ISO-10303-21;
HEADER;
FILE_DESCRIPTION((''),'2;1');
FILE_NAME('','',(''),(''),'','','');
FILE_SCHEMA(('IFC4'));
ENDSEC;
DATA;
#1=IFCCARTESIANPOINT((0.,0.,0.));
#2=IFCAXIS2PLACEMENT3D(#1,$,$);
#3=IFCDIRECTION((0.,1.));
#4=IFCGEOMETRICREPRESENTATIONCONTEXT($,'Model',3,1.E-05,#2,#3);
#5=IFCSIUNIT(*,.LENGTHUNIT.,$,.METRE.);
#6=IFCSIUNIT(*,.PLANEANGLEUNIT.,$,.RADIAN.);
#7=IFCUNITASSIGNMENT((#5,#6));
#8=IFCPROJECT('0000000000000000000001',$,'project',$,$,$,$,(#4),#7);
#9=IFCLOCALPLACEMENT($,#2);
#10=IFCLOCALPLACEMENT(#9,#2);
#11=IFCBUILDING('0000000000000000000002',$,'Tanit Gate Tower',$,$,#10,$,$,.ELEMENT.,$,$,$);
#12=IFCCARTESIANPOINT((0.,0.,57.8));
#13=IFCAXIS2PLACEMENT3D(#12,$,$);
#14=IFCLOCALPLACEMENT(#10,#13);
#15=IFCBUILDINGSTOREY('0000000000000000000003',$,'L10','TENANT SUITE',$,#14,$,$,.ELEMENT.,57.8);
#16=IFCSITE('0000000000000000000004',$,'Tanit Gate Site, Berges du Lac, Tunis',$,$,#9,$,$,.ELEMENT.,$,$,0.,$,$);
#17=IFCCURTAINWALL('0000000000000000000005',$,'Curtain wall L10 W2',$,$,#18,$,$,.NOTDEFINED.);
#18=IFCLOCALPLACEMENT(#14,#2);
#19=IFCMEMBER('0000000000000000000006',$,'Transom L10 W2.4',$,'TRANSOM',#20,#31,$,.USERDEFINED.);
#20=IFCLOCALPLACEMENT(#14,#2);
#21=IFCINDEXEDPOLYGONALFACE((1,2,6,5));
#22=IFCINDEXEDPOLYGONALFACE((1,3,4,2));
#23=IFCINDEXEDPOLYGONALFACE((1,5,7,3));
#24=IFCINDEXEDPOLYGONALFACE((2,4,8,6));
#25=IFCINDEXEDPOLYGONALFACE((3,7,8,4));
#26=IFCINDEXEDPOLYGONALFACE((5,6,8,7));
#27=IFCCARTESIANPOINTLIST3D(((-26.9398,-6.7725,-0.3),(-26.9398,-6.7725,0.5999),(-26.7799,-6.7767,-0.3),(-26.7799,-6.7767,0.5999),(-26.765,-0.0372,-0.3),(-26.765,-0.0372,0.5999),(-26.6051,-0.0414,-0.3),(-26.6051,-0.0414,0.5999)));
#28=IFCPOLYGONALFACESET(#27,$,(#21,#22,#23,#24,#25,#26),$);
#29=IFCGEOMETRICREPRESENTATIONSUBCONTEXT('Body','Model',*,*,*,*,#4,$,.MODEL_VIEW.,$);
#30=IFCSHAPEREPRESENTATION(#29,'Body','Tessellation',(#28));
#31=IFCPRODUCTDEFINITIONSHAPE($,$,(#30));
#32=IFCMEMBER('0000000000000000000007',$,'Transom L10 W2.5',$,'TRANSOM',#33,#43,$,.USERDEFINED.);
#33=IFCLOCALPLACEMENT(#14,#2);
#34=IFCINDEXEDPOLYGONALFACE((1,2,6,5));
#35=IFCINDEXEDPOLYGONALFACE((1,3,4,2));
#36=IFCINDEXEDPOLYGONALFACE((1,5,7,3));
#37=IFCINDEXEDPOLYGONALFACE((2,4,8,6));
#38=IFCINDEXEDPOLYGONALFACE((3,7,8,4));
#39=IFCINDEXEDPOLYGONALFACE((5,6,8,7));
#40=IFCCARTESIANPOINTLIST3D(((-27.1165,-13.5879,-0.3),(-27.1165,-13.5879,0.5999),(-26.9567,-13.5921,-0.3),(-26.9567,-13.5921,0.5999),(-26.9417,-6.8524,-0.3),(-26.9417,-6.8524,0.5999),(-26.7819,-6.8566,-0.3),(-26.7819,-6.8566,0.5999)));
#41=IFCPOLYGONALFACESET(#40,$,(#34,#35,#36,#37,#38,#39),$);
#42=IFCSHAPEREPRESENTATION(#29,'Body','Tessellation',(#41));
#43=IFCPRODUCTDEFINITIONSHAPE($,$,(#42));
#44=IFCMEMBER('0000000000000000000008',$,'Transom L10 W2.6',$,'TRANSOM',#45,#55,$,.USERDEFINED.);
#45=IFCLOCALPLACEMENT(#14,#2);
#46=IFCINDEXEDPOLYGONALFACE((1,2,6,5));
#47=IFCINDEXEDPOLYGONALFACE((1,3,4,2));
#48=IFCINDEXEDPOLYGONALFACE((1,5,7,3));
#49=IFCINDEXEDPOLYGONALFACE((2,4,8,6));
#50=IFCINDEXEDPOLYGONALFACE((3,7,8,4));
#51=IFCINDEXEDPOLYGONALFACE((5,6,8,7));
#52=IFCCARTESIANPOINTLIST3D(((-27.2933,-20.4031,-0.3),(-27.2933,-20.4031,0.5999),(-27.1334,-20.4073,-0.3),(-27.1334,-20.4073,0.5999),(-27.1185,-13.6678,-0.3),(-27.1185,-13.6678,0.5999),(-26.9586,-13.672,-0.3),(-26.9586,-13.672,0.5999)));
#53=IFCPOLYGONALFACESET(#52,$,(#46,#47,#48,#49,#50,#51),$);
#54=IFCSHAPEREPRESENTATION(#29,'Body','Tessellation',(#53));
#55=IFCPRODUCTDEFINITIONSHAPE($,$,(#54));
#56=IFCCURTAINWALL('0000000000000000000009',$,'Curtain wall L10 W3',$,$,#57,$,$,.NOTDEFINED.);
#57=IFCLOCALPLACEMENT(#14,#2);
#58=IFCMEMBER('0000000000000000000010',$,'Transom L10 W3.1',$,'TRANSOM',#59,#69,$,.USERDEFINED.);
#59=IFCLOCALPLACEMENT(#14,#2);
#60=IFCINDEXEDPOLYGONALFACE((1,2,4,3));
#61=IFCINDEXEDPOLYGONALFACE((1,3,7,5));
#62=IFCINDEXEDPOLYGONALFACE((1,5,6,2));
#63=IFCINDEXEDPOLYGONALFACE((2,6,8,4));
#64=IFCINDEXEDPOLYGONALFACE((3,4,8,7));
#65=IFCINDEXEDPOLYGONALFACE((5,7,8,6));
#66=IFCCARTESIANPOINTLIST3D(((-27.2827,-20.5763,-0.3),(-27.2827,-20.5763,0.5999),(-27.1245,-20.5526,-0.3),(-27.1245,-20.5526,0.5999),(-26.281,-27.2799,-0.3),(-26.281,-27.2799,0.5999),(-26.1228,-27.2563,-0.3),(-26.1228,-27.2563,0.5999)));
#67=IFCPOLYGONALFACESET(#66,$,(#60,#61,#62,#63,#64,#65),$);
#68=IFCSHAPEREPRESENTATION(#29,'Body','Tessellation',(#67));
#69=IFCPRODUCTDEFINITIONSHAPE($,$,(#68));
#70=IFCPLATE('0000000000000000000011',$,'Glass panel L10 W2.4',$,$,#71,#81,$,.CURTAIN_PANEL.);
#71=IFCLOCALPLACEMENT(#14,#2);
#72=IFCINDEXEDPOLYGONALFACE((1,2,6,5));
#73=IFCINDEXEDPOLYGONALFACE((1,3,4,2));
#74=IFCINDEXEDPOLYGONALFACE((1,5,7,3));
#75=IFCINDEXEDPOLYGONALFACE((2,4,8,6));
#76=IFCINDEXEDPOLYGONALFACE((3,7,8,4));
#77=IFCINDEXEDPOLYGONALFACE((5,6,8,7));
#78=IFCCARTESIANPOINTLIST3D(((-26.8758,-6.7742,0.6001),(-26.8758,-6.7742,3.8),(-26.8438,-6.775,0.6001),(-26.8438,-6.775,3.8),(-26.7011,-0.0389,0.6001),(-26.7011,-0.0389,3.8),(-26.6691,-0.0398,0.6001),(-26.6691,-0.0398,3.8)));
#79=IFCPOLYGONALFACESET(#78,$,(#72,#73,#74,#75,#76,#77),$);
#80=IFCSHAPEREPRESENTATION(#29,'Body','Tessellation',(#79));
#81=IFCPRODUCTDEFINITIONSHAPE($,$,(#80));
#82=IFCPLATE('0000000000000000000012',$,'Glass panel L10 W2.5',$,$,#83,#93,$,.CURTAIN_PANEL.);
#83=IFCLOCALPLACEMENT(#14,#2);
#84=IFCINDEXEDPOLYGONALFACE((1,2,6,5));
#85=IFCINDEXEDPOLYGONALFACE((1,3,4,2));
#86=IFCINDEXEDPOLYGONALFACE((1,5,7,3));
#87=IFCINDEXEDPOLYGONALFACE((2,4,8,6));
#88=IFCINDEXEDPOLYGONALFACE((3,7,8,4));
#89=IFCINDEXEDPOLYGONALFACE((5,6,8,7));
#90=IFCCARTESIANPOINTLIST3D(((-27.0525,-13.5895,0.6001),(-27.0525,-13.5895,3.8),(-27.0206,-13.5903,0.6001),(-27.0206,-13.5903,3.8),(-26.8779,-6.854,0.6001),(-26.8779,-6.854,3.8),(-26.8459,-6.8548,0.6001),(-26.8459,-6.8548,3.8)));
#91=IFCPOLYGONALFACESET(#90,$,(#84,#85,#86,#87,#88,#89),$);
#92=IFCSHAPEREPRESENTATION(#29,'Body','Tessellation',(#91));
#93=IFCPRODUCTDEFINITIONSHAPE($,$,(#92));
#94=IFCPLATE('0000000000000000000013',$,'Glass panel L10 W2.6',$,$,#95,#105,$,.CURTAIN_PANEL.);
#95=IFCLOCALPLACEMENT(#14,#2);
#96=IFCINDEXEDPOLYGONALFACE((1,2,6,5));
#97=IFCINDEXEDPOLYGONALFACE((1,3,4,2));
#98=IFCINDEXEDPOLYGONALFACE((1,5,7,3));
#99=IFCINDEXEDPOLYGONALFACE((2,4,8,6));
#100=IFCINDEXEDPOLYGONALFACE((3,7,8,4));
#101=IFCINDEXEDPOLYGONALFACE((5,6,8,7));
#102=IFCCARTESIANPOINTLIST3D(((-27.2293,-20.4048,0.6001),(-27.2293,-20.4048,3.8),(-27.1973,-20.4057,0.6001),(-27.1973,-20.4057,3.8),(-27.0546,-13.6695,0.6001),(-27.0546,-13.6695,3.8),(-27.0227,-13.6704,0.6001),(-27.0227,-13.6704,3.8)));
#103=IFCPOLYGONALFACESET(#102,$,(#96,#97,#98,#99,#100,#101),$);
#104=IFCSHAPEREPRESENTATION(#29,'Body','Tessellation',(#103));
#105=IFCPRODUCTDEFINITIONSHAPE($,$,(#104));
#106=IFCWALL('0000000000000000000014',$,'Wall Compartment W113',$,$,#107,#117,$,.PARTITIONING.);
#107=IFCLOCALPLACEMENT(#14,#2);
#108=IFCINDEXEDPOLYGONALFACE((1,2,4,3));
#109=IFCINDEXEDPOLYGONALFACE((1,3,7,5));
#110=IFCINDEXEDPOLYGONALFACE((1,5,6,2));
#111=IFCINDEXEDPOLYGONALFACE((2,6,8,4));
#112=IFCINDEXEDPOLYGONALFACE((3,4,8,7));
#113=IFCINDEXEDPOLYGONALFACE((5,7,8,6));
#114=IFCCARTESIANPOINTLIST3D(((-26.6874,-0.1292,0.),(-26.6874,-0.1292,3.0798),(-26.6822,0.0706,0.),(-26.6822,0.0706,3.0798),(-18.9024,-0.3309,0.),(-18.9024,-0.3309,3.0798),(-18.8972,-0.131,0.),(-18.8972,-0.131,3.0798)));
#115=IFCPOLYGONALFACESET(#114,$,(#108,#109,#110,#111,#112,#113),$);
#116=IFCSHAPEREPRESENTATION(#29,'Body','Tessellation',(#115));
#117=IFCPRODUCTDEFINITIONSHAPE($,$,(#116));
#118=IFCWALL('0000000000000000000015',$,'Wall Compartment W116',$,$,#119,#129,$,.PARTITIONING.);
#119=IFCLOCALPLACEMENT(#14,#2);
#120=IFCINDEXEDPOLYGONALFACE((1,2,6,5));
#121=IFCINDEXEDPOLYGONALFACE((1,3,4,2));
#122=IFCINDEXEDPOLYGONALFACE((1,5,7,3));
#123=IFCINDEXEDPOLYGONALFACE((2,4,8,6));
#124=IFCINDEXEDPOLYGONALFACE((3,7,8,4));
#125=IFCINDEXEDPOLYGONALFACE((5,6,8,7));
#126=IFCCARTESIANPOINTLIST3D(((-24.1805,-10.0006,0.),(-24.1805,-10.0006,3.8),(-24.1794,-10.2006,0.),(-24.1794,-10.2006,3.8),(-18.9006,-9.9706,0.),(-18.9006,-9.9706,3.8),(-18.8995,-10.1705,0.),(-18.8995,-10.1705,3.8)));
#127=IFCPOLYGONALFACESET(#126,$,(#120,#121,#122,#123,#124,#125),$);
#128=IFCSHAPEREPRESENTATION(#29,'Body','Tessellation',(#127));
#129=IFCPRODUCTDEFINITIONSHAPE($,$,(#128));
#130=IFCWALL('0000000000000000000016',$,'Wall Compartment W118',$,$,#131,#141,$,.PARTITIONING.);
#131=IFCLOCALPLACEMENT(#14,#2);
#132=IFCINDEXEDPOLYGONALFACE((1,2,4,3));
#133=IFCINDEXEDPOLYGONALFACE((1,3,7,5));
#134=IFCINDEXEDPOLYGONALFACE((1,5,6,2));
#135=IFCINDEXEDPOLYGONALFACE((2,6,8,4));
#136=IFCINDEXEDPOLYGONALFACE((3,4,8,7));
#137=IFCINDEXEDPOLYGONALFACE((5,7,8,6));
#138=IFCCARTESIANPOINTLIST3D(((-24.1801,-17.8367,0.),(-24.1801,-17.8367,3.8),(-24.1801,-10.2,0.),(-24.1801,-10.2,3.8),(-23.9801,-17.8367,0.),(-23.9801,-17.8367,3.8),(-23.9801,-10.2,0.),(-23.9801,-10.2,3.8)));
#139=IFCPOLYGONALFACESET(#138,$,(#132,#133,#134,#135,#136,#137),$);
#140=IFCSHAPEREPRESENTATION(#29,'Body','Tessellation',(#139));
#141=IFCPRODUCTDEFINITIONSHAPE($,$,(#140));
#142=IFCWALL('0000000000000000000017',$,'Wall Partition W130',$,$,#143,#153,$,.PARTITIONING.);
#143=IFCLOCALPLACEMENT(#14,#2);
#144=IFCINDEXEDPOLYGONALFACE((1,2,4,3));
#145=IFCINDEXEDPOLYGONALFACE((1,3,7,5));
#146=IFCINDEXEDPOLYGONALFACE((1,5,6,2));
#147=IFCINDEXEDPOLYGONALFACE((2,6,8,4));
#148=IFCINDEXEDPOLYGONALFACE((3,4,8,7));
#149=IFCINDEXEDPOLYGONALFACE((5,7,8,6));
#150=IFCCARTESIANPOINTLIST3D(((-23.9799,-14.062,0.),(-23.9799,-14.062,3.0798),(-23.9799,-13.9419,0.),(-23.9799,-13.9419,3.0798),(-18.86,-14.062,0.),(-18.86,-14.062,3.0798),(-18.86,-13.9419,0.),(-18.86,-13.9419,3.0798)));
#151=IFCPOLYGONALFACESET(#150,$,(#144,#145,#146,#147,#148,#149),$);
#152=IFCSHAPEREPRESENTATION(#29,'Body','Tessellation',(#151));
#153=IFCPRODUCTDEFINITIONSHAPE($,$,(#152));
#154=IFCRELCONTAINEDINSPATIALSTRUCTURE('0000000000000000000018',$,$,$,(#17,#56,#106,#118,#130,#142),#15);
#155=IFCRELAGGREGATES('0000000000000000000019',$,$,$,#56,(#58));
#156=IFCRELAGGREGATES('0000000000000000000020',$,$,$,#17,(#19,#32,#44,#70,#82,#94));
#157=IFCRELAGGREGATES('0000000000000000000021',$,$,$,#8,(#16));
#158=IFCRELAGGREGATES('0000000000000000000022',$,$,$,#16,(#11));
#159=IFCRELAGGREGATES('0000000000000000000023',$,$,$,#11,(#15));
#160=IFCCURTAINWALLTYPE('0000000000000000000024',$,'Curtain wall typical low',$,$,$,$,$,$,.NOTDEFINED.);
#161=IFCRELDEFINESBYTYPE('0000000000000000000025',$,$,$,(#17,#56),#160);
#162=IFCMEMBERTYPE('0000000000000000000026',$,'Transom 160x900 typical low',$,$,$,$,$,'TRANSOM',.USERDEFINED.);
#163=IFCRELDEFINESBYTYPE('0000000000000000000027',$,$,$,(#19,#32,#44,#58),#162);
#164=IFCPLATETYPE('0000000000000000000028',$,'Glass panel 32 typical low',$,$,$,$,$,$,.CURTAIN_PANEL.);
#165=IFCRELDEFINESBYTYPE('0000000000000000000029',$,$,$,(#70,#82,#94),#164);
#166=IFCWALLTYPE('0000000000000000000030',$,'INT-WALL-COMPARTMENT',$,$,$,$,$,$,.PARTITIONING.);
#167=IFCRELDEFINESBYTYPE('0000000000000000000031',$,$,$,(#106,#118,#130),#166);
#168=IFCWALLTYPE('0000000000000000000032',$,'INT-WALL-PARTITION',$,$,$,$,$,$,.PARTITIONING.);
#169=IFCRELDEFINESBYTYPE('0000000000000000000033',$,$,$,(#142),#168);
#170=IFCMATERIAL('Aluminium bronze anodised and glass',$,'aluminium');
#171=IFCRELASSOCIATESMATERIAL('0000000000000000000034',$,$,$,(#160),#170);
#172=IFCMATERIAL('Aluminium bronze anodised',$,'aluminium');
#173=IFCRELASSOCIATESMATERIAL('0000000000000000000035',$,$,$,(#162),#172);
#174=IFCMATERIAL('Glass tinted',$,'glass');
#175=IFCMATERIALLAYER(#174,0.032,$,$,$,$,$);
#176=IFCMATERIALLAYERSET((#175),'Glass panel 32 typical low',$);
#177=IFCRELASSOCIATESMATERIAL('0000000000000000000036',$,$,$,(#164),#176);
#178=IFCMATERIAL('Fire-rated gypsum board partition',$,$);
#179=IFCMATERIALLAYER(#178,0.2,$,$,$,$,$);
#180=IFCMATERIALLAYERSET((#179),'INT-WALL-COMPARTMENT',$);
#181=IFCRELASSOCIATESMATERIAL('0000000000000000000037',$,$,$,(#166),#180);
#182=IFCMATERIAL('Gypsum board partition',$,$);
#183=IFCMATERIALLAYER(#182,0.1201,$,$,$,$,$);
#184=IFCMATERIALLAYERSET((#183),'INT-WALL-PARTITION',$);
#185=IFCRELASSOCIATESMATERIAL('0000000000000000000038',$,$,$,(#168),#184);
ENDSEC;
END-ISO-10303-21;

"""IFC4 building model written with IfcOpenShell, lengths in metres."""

from ifc_helpers import new_model, si_unit, direction, frame, frame_2d, origin, origin_2d, place, context, subcontext, project, spatial, rectangle, extrude, material, layer, layer_set, material_profile, profile_set, type_object, element, aggregate, save


model = new_model("IFC4")

# Units and contexts
model_context = context("Model", 3, precision=1e-05, world=origin(), true_north=direction((0.0, 1.0)))
body_context = subcontext(model_context, "Body", "Model", "MODEL_VIEW")
ifc_project = project(units=[si_unit("LENGTHUNIT", "METRE"), si_unit("PLANEANGLEUNIT", "RADIAN")], contexts=[model_context])

# Site, building, storey
site_placement = place(None, origin())
site = spatial("IfcSite", under=ifc_project, at=site_placement, Name="Tanit Gate Site, Berges du Lac, Tunis", CompositionType="ELEMENT", RefElevation=0.0)
building_placement = place(site_placement, origin())
building = spatial("IfcBuilding", under=site, at=building_placement, Name="Tanit Gate Tower", CompositionType="ELEMENT")
storey_placement = place(building_placement, frame((0.0, 0.0, 57.8)))
storey = spatial("IfcBuildingStorey", under=building, at=storey_placement, Name="L10", Description="TENANT SUITE", CompositionType="ELEMENT", Elevation=57.8)

# Curtain wall
ifc_material_1 = material(Name="Aluminium bronze anodised and glass", Category="aluminium")
curtain_wall_type = type_object("IfcCurtainWallType", Name="Curtain wall typical low", PredefinedType="NOTDEFINED", material=ifc_material_1)
curtain_wall_1_placement = place(storey_placement, origin())
curtain_wall_1 = element("IfcCurtainWall", 1, at=curtain_wall_1_placement, inside=storey, type_object=curtain_wall_type, Name="Curtain wall L10 W2", PredefinedType="NOTDEFINED")

# Members
ifc_material_2 = material(Name="Aluminium bronze anodised", Category="aluminium")
ifc_material_profile_1 = material_profile(ifc_material_2, rectangle(XDim=0.1599, YDim=0.8999, at=origin_2d()), Name="160x900 bronze transom")
ifc_profile_set_1 = profile_set([ifc_material_profile_1], Name="Aluminium bronze anodised")
member_type_1 = type_object("IfcMemberType", Name="Transom 160x900 typical low", ElementType="TRANSOM", PredefinedType="USERDEFINED", material=ifc_profile_set_1)
member_1_placement = place(storey_placement, frame((-26.6851, -0.0393, 0.1499), z_axis=(-0.025945, -0.999663, 0.0), x_axis=(0.999663, -0.025945, 0.0)))
member_1 = element("IfcMember", 2, at=member_1_placement, type_object=member_type_1, Name="Transom L10 W2.4", ObjectType="TRANSOM", PredefinedType="USERDEFINED", context=body_context, shape_type="SweptSolid", body=[
    extrude(rectangle(XDim=0.1599, YDim=0.8999, at=origin_2d()), origin(), (0.0, 0.0, 1.0), 6.7375),
])
member_2_placement = place(storey_placement, frame((-26.8618, -6.8545, 0.1499), z_axis=(-0.025944, -0.999663, 0.0), x_axis=(0.999663, -0.025944, 0.0)))
member_2 = element("IfcMember", 3, at=member_2_placement, type_object=member_type_1, Name="Transom L10 W2.5", ObjectType="TRANSOM", PredefinedType="USERDEFINED", context=body_context, shape_type="SweptSolid", body=[
    extrude(rectangle(XDim=0.1599, YDim=0.8999, at=origin_2d()), origin(), (0.0, 0.0, 1.0), 6.7378),
])
member_3_placement = place(storey_placement, frame((-27.0386, -13.6699, 0.1499), z_axis=(-0.025945, -0.999663, 0.0), x_axis=(0.999663, -0.025945, 0.0)))
member_3 = element("IfcMember", 4, at=member_3_placement, type_object=member_type_1, Name="Transom L10 W2.6", ObjectType="TRANSOM", PredefinedType="USERDEFINED", context=body_context, shape_type="SweptSolid", body=[
    extrude(rectangle(XDim=0.1599, YDim=0.8999, at=origin_2d()), origin(), (0.0, 0.0, 1.0), 6.7375),
])

# Curtain wall, member
curtain_wall_2_placement = place(storey_placement, origin())
curtain_wall_2 = element("IfcCurtainWall", 5, at=curtain_wall_2_placement, inside=storey, type_object=curtain_wall_type, Name="Curtain wall L10 W3", PredefinedType="NOTDEFINED")
member_4_placement = place(storey_placement, frame((-27.2036, -20.5645, 0.1499), z_axis=(0.147787, -0.989019, 0.0), x_axis=(0.989019, 0.147787, 0.0)))
member_4 = element("IfcMember", 6, at=member_4_placement, type_object=member_type_1, Name="Transom L10 W3.1", ObjectType="TRANSOM", PredefinedType="USERDEFINED", context=body_context, shape_type="SweptSolid", body=[
    extrude(rectangle(XDim=0.1599, YDim=0.8999, at=origin_2d()), origin(), (0.0, 0.0, 1.0), 6.7781),
])
aggregate(curtain_wall_2, [member_4])

# Plates
ifc_material_3 = material(Name="Glass tinted", Category="glass")
ifc_layer_1 = layer(ifc_material_3, 0.032)
ifc_layer_set_1 = layer_set([ifc_layer_1], Name="Glass panel 32 typical low")
plate_type = type_object("IfcPlateType", Name="Glass panel 32 typical low", PredefinedType="CURTAIN_PANEL", material=ifc_layer_set_1)
plate_1_placement = place(storey_placement, frame((-26.7725, -3.407, 0.6001), z_axis=(0.0, 0.0, 1.0), x_axis=(-0.025924, -0.999664, 0.0)))
plate_1 = element("IfcPlate", 7, at=plate_1_placement, type_object=plate_type, Name="Glass panel L10 W2.4", PredefinedType="CURTAIN_PANEL", context=body_context, shape_type="SweptSolid", body=[
    extrude(rectangle(XDim=6.7375, YDim=0.032, at=origin_2d()), origin(), (0.0, 0.0, 1.0), 3.2),
])
plate_2_placement = place(storey_placement, frame((-26.9492, -10.2222, 0.6001), z_axis=(0.0, 0.0, 1.0), x_axis=(-0.025924, -0.999664, 0.0)))
plate_2 = element("IfcPlate", 8, at=plate_2_placement, type_object=plate_type, Name="Glass panel L10 W2.5", PredefinedType="CURTAIN_PANEL", context=body_context, shape_type="SweptSolid", body=[
    extrude(rectangle(XDim=6.7378, YDim=0.032, at=origin_2d()), origin(), (0.0, 0.0, 1.0), 3.2),
])
plate_3_placement = place(storey_placement, frame((-27.126, -17.0376, 0.6001), z_axis=(0.0, 0.0, 1.0), x_axis=(-0.025924, -0.999664, 0.0)))
plate_3 = element("IfcPlate", 9, at=plate_3_placement, type_object=plate_type, Name="Glass panel L10 W2.6", PredefinedType="CURTAIN_PANEL", context=body_context, shape_type="SweptSolid", body=[
    extrude(rectangle(XDim=6.7375, YDim=0.032, at=origin_2d()), origin(), (0.0, 0.0, 1.0), 3.2),
])
aggregate(curtain_wall_1, [member_1, member_2, member_3, plate_1, plate_2, plate_3])

# Walls
ifc_material_4 = material(Name="Fire-rated gypsum board partition")
ifc_layer_2 = layer(ifc_material_4, 0.2)
ifc_layer_set_2 = layer_set([ifc_layer_2], Name="INT-WALL-COMPARTMENT")
wall_type_1 = type_object("IfcWallType", Name="INT-WALL-COMPARTMENT", PredefinedType="PARTITIONING", material=ifc_layer_set_2)
wall_1_placement = place(storey_placement, frame((-26.6848, -0.0293, 0.0), z_axis=(0.0, 0.0, 1.0), x_axis=(0.999665, -0.025895, 0.0)))
element("IfcWall", 10, at=wall_1_placement, inside=storey, type_object=wall_type_1, Name="Wall Compartment W113", PredefinedType="PARTITIONING", context=body_context, shape_type="SweptSolid", body=[
    extrude(rectangle(XDim=7.7876, YDim=0.2, at=frame_2d((3.8938, 0.0))), origin(), (0.0, 0.0, 1.0), 3.0798),
])
wall_2_placement = place(storey_placement, frame((-18.8999, -10.0706, 0.0), z_axis=(0.0, 0.0, 1.0), x_axis=(-0.999984, -0.005687, 0.0)))
element("IfcWall", 11, at=wall_2_placement, inside=storey, type_object=wall_type_1, Name="Wall Compartment W116", PredefinedType="PARTITIONING", context=body_context, shape_type="SweptSolid", body=[
    extrude(rectangle(XDim=5.28, YDim=0.2, at=frame_2d((2.6401, 0.0))), origin(), (0.0, 0.0, 1.0), 3.8),
])
wall_3_placement = place(storey_placement, frame((-24.0801, -17.8367, 0.0), z_axis=(0.0, 0.0, 1.0), x_axis=(0.0, 1.0, 0.0)))
element("IfcWall", 12, at=wall_3_placement, inside=storey, type_object=wall_type_1, Name="Wall Compartment W118", PredefinedType="PARTITIONING", context=body_context, shape_type="SweptSolid", body=[
    extrude(rectangle(XDim=7.6367, YDim=0.2, at=frame_2d((3.8184, 0.0))), origin(), (0.0, 0.0, 1.0), 3.8),
])
ifc_material_5 = material(Name="Gypsum board partition")
ifc_layer_3 = layer(ifc_material_5, 0.1201)
ifc_layer_set_3 = layer_set([ifc_layer_3], Name="INT-WALL-PARTITION")
wall_type_2 = type_object("IfcWallType", Name="INT-WALL-PARTITION", PredefinedType="PARTITIONING", material=ifc_layer_set_3)
wall_4_placement = place(storey_placement, frame((-23.98, -14.002, 0.0), z_axis=(0.0, 0.0, 1.0), x_axis=(1.0, 0.0, 0.0)))
element("IfcWall", 13, at=wall_4_placement, inside=storey, type_object=wall_type_2, Name="Wall Partition W130", PredefinedType="PARTITIONING", context=body_context, shape_type="SweptSolid", body=[
    extrude(rectangle(XDim=5.1199, YDim=0.1201, at=frame_2d((2.5601, 0.0))), origin(), (0.0, 0.0, 1.0), 3.0798),
])

save(model, "model.ifc")
